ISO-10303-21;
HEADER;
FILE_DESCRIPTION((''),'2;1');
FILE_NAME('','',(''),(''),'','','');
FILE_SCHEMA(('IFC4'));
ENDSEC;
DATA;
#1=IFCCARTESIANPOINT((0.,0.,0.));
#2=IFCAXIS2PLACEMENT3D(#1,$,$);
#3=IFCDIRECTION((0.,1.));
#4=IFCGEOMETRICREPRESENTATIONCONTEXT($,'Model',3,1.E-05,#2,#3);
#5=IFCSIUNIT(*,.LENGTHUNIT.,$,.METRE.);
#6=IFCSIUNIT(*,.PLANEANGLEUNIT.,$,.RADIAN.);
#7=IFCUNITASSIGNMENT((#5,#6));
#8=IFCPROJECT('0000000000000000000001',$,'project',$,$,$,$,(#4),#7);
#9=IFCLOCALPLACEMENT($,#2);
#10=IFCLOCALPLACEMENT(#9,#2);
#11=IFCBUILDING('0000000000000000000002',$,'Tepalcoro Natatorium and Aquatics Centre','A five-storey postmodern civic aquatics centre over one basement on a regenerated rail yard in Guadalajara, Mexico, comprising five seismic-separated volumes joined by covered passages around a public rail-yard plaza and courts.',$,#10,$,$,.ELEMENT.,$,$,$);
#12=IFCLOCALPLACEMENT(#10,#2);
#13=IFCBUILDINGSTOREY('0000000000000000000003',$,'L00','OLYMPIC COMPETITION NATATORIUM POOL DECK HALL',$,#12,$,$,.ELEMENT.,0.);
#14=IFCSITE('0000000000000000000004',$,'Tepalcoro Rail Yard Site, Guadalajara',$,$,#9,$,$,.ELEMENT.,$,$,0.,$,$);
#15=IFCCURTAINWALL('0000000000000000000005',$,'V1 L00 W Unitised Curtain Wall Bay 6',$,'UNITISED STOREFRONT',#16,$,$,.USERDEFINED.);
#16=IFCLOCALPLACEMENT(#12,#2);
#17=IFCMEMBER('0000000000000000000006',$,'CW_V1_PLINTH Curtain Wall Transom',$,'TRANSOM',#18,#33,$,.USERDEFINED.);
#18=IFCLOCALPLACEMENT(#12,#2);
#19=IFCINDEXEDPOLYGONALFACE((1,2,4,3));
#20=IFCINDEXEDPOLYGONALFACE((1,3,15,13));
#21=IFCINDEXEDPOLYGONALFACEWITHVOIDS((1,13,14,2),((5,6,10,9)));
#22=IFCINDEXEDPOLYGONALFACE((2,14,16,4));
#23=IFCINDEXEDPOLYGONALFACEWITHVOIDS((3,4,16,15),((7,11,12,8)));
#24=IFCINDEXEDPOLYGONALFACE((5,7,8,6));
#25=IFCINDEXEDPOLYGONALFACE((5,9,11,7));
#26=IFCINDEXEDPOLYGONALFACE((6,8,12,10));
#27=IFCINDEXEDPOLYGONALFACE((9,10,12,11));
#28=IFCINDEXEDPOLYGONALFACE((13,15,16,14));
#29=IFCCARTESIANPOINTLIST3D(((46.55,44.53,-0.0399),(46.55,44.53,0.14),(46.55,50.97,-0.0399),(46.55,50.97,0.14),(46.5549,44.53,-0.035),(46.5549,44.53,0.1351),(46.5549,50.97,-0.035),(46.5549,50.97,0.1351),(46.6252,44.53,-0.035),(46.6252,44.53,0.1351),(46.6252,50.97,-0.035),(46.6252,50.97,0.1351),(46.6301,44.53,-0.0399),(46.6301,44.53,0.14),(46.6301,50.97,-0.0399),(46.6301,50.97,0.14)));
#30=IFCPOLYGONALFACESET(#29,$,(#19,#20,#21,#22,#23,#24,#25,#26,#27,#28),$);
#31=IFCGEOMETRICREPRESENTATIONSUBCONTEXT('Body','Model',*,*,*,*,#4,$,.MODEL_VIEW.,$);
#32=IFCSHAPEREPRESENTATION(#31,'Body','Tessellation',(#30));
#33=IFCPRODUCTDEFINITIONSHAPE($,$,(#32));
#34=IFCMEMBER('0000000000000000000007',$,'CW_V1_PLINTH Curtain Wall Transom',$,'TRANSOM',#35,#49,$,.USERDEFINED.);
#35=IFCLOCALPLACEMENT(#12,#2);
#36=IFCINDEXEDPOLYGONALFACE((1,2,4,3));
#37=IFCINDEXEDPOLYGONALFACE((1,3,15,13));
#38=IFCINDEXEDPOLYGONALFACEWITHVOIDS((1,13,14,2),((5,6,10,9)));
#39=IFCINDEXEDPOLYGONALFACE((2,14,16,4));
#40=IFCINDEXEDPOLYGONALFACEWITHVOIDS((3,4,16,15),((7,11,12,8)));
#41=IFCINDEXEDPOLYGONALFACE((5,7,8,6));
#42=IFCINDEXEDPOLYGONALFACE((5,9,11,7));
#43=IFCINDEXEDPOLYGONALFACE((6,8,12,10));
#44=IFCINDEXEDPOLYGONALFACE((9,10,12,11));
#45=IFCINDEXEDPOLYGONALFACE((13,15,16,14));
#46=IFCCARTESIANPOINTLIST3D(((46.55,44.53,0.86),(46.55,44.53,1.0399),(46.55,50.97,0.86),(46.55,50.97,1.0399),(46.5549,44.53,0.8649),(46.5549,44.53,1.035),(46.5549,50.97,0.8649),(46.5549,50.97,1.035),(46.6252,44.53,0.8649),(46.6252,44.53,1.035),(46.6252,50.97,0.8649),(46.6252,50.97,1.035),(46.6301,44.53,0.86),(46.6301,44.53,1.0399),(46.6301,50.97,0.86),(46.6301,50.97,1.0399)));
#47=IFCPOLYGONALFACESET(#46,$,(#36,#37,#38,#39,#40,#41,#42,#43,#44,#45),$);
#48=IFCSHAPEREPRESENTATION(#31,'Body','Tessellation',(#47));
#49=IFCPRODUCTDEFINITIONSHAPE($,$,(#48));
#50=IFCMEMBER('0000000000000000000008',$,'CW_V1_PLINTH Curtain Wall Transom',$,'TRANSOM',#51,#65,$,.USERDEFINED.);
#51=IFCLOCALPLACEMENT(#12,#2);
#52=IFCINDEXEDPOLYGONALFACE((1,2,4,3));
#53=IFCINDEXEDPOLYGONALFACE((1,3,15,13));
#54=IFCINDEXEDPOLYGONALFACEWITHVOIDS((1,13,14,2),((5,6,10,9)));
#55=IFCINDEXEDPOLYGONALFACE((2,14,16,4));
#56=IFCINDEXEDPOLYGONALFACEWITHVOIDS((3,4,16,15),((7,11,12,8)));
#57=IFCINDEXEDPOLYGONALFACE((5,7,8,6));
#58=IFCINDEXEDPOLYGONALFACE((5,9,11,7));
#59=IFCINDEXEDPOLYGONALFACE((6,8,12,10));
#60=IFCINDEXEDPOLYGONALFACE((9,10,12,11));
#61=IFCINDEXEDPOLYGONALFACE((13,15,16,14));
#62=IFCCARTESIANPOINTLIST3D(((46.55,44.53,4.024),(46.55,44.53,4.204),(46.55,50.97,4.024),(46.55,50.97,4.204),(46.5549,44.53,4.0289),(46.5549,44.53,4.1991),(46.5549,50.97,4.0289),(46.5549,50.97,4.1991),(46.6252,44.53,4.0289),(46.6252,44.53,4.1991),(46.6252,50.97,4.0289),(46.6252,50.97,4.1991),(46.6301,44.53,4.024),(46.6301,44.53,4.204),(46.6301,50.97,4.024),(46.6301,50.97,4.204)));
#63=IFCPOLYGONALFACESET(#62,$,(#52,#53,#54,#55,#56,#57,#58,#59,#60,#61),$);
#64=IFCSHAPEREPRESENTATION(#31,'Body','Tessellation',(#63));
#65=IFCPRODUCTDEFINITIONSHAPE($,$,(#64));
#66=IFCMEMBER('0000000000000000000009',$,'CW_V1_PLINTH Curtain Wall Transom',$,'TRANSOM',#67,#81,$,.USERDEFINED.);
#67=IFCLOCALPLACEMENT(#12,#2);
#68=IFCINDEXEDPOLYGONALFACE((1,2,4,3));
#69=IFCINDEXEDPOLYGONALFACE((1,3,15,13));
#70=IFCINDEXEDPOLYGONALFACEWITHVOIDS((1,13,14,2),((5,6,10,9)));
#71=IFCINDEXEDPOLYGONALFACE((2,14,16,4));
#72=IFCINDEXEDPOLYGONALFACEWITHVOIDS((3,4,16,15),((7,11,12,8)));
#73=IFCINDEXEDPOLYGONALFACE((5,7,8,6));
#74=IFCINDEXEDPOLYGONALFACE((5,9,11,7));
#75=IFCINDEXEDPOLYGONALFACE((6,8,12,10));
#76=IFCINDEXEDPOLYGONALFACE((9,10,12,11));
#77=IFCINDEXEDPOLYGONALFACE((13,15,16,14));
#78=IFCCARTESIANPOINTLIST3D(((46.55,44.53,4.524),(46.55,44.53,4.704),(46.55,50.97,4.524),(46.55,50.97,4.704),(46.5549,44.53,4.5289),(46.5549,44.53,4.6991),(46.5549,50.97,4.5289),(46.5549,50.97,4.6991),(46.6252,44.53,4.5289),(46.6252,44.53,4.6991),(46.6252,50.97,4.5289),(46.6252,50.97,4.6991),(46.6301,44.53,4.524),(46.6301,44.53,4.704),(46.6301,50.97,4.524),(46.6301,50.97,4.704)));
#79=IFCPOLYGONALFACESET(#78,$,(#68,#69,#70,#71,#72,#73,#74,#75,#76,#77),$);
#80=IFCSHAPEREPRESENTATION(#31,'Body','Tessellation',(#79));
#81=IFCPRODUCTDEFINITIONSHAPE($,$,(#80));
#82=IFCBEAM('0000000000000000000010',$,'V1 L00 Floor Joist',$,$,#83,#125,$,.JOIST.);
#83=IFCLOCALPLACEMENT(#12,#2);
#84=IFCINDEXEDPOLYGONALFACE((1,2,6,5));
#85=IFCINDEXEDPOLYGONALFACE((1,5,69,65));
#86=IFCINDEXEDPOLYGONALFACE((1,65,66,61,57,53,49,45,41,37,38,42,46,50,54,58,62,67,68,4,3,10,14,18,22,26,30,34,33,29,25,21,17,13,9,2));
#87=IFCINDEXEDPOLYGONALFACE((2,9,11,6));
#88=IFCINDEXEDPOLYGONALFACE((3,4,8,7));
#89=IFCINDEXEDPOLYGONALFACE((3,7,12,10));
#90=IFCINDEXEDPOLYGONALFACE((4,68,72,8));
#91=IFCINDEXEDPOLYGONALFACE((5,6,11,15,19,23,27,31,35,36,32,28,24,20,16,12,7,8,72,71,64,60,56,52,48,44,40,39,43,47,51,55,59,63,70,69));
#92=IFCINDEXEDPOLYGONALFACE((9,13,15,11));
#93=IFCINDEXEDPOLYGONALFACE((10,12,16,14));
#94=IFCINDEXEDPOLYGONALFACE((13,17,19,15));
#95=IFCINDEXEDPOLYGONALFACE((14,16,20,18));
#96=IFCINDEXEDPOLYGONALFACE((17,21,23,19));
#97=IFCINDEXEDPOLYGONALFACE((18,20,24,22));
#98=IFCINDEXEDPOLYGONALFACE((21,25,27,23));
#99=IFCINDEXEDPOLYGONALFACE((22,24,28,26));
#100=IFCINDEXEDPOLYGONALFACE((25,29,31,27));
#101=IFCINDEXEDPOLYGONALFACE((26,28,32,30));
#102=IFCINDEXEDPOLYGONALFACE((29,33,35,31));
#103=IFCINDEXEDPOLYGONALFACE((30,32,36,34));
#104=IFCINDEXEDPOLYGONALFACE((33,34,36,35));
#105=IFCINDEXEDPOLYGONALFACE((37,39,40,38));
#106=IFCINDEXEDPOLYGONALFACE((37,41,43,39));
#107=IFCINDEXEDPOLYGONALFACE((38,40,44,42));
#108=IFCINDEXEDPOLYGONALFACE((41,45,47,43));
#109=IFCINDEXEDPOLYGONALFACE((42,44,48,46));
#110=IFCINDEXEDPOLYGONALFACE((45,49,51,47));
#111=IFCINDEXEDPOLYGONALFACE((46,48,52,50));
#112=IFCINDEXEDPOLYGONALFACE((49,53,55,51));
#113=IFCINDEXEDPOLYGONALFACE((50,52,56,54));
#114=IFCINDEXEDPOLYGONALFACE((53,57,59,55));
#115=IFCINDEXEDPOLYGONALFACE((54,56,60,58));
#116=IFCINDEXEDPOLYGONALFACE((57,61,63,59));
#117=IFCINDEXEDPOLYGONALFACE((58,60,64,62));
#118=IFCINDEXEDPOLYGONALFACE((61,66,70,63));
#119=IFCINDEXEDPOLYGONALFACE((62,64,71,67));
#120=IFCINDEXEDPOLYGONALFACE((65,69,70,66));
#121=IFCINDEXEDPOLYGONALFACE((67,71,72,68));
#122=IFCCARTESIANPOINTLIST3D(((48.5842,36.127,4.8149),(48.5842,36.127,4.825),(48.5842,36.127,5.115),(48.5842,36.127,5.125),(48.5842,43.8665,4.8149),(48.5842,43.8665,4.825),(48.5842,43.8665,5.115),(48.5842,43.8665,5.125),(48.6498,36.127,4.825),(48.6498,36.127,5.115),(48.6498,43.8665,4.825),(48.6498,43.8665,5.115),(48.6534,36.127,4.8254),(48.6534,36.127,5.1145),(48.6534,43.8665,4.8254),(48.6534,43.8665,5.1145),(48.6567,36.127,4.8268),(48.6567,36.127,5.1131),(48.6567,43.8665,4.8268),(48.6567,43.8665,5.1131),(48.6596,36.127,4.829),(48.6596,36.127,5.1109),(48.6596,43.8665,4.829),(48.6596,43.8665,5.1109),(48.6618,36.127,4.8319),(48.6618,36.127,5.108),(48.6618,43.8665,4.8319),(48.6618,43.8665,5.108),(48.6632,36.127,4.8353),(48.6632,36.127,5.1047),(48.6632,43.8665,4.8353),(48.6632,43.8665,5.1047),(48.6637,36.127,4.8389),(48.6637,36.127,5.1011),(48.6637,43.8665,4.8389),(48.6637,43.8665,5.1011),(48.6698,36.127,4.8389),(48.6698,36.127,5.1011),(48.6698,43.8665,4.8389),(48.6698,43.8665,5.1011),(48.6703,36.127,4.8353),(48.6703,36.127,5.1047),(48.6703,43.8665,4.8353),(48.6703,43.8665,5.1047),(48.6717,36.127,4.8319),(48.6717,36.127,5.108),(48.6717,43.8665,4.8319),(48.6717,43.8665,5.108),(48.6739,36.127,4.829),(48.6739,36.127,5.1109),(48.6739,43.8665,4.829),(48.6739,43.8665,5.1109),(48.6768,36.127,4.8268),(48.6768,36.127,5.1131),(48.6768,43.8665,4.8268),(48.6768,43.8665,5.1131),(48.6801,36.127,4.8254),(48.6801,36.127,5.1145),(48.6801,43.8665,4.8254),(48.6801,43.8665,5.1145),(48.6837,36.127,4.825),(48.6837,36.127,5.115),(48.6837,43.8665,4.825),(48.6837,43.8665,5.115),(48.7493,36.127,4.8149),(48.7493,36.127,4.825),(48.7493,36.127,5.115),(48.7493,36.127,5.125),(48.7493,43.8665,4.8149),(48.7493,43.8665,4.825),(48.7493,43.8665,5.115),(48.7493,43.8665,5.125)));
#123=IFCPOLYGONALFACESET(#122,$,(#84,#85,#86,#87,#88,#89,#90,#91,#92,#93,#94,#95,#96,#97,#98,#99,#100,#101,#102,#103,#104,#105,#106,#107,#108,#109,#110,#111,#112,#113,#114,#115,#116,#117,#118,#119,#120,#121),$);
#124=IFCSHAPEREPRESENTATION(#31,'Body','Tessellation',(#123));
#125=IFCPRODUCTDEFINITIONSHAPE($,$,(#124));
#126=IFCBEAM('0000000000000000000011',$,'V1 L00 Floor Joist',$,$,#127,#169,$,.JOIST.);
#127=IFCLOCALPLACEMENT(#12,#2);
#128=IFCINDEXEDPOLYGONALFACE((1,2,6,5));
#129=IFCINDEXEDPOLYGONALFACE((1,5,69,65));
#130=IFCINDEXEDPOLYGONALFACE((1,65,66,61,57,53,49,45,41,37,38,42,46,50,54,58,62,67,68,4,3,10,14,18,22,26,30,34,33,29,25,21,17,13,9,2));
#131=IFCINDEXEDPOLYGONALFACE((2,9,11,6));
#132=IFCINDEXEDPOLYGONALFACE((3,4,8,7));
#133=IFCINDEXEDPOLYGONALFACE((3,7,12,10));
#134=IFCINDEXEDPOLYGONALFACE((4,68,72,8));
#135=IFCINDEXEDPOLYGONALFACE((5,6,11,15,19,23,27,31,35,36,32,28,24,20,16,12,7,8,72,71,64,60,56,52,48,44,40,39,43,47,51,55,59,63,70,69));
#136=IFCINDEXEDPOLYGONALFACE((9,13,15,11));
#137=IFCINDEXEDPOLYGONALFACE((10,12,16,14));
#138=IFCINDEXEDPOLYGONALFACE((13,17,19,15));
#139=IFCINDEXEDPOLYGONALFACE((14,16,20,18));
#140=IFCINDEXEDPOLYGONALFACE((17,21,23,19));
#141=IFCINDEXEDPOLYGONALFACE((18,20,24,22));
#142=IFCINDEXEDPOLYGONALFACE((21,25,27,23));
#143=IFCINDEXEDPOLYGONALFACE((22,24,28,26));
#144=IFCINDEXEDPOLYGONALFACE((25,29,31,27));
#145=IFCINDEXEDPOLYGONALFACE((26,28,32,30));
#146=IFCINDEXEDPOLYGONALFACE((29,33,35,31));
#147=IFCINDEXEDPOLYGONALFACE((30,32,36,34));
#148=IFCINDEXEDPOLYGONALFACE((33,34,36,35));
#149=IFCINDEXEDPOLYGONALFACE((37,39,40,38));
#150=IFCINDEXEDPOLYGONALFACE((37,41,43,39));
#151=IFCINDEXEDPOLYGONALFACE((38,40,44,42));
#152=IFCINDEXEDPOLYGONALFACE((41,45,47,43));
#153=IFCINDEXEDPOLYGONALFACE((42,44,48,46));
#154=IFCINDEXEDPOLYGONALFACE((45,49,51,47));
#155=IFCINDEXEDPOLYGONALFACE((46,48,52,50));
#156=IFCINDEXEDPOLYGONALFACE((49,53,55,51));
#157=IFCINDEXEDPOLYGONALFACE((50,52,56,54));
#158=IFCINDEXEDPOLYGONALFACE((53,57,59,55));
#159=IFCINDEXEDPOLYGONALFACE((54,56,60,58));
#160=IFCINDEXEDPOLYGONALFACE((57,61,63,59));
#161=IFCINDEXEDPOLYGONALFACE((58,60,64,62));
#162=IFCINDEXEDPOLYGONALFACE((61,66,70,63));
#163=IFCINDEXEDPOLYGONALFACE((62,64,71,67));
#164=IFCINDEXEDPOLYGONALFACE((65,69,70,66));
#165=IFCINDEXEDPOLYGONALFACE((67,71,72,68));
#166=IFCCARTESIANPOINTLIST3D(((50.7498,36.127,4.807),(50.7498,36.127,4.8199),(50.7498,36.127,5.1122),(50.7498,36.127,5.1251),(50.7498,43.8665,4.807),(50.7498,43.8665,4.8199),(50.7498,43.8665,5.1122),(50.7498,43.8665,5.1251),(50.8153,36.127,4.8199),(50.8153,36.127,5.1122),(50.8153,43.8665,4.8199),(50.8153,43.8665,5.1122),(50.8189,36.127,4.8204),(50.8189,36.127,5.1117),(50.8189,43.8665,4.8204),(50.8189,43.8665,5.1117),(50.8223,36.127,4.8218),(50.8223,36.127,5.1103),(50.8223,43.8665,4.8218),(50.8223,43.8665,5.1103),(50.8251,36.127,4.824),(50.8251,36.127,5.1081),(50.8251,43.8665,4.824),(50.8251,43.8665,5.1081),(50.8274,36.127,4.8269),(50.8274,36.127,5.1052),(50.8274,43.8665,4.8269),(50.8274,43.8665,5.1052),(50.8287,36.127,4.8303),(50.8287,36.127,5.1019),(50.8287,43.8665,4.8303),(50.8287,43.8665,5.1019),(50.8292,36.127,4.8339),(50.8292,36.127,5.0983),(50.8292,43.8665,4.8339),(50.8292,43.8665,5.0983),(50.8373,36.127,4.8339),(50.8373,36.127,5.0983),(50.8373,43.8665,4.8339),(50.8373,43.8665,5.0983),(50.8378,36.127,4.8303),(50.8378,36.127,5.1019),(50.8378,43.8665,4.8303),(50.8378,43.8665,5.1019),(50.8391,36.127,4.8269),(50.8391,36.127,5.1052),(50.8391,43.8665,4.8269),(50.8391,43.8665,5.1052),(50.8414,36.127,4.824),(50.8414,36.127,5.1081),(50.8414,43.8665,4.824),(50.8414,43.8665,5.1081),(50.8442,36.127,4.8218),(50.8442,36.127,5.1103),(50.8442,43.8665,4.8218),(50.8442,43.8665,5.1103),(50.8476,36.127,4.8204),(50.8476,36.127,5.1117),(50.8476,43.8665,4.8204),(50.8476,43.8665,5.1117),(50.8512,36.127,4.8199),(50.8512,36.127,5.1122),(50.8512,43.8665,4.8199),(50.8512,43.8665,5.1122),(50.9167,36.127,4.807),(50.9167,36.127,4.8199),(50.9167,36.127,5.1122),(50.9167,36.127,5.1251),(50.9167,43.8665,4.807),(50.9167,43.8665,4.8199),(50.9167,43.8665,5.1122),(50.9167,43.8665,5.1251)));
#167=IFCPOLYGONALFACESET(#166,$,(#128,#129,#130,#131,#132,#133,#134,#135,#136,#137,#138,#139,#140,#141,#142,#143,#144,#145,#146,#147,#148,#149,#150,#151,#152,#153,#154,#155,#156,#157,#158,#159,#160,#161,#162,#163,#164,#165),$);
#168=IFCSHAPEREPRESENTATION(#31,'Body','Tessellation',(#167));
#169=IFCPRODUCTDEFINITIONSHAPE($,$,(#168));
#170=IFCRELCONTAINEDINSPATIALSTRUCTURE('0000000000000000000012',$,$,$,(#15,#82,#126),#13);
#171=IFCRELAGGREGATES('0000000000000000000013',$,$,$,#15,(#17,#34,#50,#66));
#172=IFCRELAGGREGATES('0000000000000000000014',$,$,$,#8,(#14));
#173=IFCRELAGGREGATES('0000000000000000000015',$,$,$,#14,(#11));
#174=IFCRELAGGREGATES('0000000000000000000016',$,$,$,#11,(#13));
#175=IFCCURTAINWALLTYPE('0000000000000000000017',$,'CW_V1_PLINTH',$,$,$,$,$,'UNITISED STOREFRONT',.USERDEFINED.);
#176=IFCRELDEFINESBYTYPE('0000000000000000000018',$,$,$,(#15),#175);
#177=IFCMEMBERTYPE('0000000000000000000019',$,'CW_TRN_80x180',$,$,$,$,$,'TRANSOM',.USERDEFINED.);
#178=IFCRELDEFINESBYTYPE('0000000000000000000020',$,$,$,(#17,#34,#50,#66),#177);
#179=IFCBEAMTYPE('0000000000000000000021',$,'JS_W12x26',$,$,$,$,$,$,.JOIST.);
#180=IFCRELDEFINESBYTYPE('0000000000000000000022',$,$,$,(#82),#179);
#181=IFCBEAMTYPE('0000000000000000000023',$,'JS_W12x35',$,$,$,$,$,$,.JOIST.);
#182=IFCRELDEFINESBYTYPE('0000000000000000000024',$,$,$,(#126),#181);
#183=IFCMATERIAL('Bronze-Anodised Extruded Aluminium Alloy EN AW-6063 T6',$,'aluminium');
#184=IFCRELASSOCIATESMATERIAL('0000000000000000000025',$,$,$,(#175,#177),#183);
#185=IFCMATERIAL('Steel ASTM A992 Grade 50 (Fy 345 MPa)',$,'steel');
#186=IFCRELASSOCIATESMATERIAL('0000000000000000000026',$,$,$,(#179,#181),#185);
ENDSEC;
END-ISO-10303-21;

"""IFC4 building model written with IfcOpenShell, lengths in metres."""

from ifc_helpers import new_model, si_unit, direction, frame, origin, origin_2d, place, context, subcontext, project, spatial, hollow_rectangle, i_section, extrude, material, material_profile, profile_set, type_object, element, aggregate, save


model = new_model("IFC4")

# Units and contexts
model_context = context("Model", 3, precision=1e-05, world=origin(), true_north=direction((0.0, 1.0)))
body_context = subcontext(model_context, "Body", "Model", "MODEL_VIEW")
ifc_project = project(units=[si_unit("LENGTHUNIT", "METRE"), si_unit("PLANEANGLEUNIT", "RADIAN")], contexts=[model_context])

# Site, building, storey
site_placement = place(None, origin())
site = spatial("IfcSite", under=ifc_project, at=site_placement, Name="Tepalcoro Rail Yard Site, Guadalajara", CompositionType="ELEMENT", RefElevation=0.0)
building_placement = place(site_placement, origin())
building = spatial("IfcBuilding", under=site, at=building_placement, Name="Tepalcoro Natatorium and Aquatics Centre", Description="A five-storey postmodern civic aquatics centre over one basement on a regenerated rail yard in Guadalajara, Mexico, comprising five seismic-separated volumes joined by covered passages around a public rail-yard plaza and courts.", CompositionType="ELEMENT")
storey_placement = place(building_placement, origin())
storey = spatial("IfcBuildingStorey", under=building, at=storey_placement, Name="L00", Description="OLYMPIC COMPETITION NATATORIUM POOL DECK HALL", CompositionType="ELEMENT", Elevation=0.0)

# Shared definitions
ifc_material_1 = material(Name="Steel ASTM A992 Grade 50 (Fy 345 MPa)", Category="steel")

# Curtain wall, members
ifc_material_2 = material(Name="Bronze-Anodised Extruded Aluminium Alloy EN AW-6063 T6", Category="aluminium")
curtain_wall_type = type_object("IfcCurtainWallType", Name="CW_V1_PLINTH", ElementType="UNITISED STOREFRONT", PredefinedType="USERDEFINED", material=ifc_material_2)
curtain_wall_placement = place(storey_placement, origin())
curtain_wall = element("IfcCurtainWall", 1, at=curtain_wall_placement, inside=storey, type_object=curtain_wall_type, Name="V1 L00 W Unitised Curtain Wall Bay 6", ObjectType="UNITISED STOREFRONT", PredefinedType="USERDEFINED")
ifc_material_profile_1 = material_profile(ifc_material_2, hollow_rectangle(XDim=0.0801, YDim=0.1799, WallThickness=0.0049, at=origin_2d()), Name="AL80X180X5")
ifc_profile_set_1 = profile_set([ifc_material_profile_1], Name="Bronze-Anodised Extruded Aluminium Alloy EN AW-6063 T6")
member_type_1 = type_object("IfcMemberType", Name="CW_TRN_80x180", ElementType="TRANSOM", PredefinedType="USERDEFINED", material=ifc_profile_set_1)
member_1_placement = place(storey_placement, frame((46.5901, 44.53, 0.05), z_axis=(0.0, 1.0, 0.0), x_axis=(-1.0, 0.0, 0.0)))
member_1 = element("IfcMember", 2, at=member_1_placement, type_object=member_type_1, Name="CW_V1_PLINTH Curtain Wall Transom", ObjectType="TRANSOM", PredefinedType="USERDEFINED", context=body_context, shape_type="SweptSolid", body=[
    extrude(hollow_rectangle(XDim=0.0801, YDim=0.1799, WallThickness=0.0049, at=origin_2d()), origin(), (0.0, 0.0, 1.0), 6.4399),
])
member_2_placement = place(storey_placement, frame((46.5901, 44.53, 0.95), z_axis=(0.0, 1.0, 0.0), x_axis=(-1.0, 0.0, 0.0)))
member_2 = element("IfcMember", 3, at=member_2_placement, type_object=member_type_1, Name="CW_V1_PLINTH Curtain Wall Transom", ObjectType="TRANSOM", PredefinedType="USERDEFINED", context=body_context, shape_type="SweptSolid", body=[
    extrude(hollow_rectangle(XDim=0.0801, YDim=0.1799, WallThickness=0.0049, at=origin_2d()), origin(), (0.0, 0.0, 1.0), 6.4399),
])
member_3_placement = place(storey_placement, frame((46.5901, 44.53, 4.114), z_axis=(0.0, 1.0, 0.0), x_axis=(-1.0, 0.0, 0.0)))
member_3 = element("IfcMember", 4, at=member_3_placement, type_object=member_type_1, Name="CW_V1_PLINTH Curtain Wall Transom", ObjectType="TRANSOM", PredefinedType="USERDEFINED", context=body_context, shape_type="SweptSolid", body=[
    extrude(hollow_rectangle(XDim=0.0801, YDim=0.1799, WallThickness=0.0049, at=origin_2d()), origin(), (0.0, 0.0, 1.0), 6.4399),
])
member_4_placement = place(storey_placement, frame((46.5901, 44.53, 4.614), z_axis=(0.0, 1.0, 0.0), x_axis=(-1.0, 0.0, 0.0)))
member_4 = element("IfcMember", 5, at=member_4_placement, type_object=member_type_1, Name="CW_V1_PLINTH Curtain Wall Transom", ObjectType="TRANSOM", PredefinedType="USERDEFINED", context=body_context, shape_type="SweptSolid", body=[
    extrude(hollow_rectangle(XDim=0.0801, YDim=0.1799, WallThickness=0.0049, at=origin_2d()), origin(), (0.0, 0.0, 1.0), 6.4399),
])

# Beams
ifc_material_profile_2 = material_profile(ifc_material_1, i_section(OverallWidth=0.165, OverallDepth=0.3101, WebThickness=0.0061, FlangeThickness=0.01, FilletRadius=0.0139, at=origin_2d()), Name="W12X26")
ifc_profile_set_2 = profile_set([ifc_material_profile_2], Name="Steel ASTM A992 Grade 50 (Fy 345 MPa)")
beam_type_1 = type_object("IfcBeamType", Name="JS_W12x26", PredefinedType="JOIST", material=ifc_profile_set_2)
beam_1_placement = place(storey_placement, frame((48.6667, 36.127, 4.97), z_axis=(0.0, 1.0, 0.0), x_axis=(-1.0, 0.0, 0.0)))
element("IfcBeam", 6, at=beam_1_placement, inside=storey, type_object=beam_type_1, Name="V1 L00 Floor Joist", PredefinedType="JOIST", context=body_context, shape_type="SweptSolid", body=[
    extrude(i_section(OverallWidth=0.165, OverallDepth=0.3101, WebThickness=0.0061, FlangeThickness=0.01, FilletRadius=0.0139, at=origin_2d()), origin(), (0.0, 0.0, 1.0), 7.7395),
])
ifc_material_profile_3 = material_profile(ifc_material_1, i_section(OverallWidth=0.167, OverallDepth=0.3181, WebThickness=0.0081, FlangeThickness=0.0129, FilletRadius=0.0139, at=origin_2d()), Name="W12X35")
ifc_profile_set_3 = profile_set([ifc_material_profile_3], Name="Steel ASTM A992 Grade 50 (Fy 345 MPa)")
beam_type_2 = type_object("IfcBeamType", Name="JS_W12x35", PredefinedType="JOIST", material=ifc_profile_set_3)
beam_2_placement = place(storey_placement, frame((50.8333, 36.127, 4.9661), z_axis=(0.0, 1.0, 0.0), x_axis=(-1.0, 0.0, 0.0)))
element("IfcBeam", 7, at=beam_2_placement, inside=storey, type_object=beam_type_2, Name="V1 L00 Floor Joist", PredefinedType="JOIST", context=body_context, shape_type="SweptSolid", body=[
    extrude(i_section(OverallWidth=0.167, OverallDepth=0.3181, WebThickness=0.0081, FlangeThickness=0.0129, FilletRadius=0.0139, at=origin_2d()), origin(), (0.0, 0.0, 1.0), 7.7395),
])

aggregate(curtain_wall, [member_1, member_2, member_3, member_4])

save(model, "model.ifc")
